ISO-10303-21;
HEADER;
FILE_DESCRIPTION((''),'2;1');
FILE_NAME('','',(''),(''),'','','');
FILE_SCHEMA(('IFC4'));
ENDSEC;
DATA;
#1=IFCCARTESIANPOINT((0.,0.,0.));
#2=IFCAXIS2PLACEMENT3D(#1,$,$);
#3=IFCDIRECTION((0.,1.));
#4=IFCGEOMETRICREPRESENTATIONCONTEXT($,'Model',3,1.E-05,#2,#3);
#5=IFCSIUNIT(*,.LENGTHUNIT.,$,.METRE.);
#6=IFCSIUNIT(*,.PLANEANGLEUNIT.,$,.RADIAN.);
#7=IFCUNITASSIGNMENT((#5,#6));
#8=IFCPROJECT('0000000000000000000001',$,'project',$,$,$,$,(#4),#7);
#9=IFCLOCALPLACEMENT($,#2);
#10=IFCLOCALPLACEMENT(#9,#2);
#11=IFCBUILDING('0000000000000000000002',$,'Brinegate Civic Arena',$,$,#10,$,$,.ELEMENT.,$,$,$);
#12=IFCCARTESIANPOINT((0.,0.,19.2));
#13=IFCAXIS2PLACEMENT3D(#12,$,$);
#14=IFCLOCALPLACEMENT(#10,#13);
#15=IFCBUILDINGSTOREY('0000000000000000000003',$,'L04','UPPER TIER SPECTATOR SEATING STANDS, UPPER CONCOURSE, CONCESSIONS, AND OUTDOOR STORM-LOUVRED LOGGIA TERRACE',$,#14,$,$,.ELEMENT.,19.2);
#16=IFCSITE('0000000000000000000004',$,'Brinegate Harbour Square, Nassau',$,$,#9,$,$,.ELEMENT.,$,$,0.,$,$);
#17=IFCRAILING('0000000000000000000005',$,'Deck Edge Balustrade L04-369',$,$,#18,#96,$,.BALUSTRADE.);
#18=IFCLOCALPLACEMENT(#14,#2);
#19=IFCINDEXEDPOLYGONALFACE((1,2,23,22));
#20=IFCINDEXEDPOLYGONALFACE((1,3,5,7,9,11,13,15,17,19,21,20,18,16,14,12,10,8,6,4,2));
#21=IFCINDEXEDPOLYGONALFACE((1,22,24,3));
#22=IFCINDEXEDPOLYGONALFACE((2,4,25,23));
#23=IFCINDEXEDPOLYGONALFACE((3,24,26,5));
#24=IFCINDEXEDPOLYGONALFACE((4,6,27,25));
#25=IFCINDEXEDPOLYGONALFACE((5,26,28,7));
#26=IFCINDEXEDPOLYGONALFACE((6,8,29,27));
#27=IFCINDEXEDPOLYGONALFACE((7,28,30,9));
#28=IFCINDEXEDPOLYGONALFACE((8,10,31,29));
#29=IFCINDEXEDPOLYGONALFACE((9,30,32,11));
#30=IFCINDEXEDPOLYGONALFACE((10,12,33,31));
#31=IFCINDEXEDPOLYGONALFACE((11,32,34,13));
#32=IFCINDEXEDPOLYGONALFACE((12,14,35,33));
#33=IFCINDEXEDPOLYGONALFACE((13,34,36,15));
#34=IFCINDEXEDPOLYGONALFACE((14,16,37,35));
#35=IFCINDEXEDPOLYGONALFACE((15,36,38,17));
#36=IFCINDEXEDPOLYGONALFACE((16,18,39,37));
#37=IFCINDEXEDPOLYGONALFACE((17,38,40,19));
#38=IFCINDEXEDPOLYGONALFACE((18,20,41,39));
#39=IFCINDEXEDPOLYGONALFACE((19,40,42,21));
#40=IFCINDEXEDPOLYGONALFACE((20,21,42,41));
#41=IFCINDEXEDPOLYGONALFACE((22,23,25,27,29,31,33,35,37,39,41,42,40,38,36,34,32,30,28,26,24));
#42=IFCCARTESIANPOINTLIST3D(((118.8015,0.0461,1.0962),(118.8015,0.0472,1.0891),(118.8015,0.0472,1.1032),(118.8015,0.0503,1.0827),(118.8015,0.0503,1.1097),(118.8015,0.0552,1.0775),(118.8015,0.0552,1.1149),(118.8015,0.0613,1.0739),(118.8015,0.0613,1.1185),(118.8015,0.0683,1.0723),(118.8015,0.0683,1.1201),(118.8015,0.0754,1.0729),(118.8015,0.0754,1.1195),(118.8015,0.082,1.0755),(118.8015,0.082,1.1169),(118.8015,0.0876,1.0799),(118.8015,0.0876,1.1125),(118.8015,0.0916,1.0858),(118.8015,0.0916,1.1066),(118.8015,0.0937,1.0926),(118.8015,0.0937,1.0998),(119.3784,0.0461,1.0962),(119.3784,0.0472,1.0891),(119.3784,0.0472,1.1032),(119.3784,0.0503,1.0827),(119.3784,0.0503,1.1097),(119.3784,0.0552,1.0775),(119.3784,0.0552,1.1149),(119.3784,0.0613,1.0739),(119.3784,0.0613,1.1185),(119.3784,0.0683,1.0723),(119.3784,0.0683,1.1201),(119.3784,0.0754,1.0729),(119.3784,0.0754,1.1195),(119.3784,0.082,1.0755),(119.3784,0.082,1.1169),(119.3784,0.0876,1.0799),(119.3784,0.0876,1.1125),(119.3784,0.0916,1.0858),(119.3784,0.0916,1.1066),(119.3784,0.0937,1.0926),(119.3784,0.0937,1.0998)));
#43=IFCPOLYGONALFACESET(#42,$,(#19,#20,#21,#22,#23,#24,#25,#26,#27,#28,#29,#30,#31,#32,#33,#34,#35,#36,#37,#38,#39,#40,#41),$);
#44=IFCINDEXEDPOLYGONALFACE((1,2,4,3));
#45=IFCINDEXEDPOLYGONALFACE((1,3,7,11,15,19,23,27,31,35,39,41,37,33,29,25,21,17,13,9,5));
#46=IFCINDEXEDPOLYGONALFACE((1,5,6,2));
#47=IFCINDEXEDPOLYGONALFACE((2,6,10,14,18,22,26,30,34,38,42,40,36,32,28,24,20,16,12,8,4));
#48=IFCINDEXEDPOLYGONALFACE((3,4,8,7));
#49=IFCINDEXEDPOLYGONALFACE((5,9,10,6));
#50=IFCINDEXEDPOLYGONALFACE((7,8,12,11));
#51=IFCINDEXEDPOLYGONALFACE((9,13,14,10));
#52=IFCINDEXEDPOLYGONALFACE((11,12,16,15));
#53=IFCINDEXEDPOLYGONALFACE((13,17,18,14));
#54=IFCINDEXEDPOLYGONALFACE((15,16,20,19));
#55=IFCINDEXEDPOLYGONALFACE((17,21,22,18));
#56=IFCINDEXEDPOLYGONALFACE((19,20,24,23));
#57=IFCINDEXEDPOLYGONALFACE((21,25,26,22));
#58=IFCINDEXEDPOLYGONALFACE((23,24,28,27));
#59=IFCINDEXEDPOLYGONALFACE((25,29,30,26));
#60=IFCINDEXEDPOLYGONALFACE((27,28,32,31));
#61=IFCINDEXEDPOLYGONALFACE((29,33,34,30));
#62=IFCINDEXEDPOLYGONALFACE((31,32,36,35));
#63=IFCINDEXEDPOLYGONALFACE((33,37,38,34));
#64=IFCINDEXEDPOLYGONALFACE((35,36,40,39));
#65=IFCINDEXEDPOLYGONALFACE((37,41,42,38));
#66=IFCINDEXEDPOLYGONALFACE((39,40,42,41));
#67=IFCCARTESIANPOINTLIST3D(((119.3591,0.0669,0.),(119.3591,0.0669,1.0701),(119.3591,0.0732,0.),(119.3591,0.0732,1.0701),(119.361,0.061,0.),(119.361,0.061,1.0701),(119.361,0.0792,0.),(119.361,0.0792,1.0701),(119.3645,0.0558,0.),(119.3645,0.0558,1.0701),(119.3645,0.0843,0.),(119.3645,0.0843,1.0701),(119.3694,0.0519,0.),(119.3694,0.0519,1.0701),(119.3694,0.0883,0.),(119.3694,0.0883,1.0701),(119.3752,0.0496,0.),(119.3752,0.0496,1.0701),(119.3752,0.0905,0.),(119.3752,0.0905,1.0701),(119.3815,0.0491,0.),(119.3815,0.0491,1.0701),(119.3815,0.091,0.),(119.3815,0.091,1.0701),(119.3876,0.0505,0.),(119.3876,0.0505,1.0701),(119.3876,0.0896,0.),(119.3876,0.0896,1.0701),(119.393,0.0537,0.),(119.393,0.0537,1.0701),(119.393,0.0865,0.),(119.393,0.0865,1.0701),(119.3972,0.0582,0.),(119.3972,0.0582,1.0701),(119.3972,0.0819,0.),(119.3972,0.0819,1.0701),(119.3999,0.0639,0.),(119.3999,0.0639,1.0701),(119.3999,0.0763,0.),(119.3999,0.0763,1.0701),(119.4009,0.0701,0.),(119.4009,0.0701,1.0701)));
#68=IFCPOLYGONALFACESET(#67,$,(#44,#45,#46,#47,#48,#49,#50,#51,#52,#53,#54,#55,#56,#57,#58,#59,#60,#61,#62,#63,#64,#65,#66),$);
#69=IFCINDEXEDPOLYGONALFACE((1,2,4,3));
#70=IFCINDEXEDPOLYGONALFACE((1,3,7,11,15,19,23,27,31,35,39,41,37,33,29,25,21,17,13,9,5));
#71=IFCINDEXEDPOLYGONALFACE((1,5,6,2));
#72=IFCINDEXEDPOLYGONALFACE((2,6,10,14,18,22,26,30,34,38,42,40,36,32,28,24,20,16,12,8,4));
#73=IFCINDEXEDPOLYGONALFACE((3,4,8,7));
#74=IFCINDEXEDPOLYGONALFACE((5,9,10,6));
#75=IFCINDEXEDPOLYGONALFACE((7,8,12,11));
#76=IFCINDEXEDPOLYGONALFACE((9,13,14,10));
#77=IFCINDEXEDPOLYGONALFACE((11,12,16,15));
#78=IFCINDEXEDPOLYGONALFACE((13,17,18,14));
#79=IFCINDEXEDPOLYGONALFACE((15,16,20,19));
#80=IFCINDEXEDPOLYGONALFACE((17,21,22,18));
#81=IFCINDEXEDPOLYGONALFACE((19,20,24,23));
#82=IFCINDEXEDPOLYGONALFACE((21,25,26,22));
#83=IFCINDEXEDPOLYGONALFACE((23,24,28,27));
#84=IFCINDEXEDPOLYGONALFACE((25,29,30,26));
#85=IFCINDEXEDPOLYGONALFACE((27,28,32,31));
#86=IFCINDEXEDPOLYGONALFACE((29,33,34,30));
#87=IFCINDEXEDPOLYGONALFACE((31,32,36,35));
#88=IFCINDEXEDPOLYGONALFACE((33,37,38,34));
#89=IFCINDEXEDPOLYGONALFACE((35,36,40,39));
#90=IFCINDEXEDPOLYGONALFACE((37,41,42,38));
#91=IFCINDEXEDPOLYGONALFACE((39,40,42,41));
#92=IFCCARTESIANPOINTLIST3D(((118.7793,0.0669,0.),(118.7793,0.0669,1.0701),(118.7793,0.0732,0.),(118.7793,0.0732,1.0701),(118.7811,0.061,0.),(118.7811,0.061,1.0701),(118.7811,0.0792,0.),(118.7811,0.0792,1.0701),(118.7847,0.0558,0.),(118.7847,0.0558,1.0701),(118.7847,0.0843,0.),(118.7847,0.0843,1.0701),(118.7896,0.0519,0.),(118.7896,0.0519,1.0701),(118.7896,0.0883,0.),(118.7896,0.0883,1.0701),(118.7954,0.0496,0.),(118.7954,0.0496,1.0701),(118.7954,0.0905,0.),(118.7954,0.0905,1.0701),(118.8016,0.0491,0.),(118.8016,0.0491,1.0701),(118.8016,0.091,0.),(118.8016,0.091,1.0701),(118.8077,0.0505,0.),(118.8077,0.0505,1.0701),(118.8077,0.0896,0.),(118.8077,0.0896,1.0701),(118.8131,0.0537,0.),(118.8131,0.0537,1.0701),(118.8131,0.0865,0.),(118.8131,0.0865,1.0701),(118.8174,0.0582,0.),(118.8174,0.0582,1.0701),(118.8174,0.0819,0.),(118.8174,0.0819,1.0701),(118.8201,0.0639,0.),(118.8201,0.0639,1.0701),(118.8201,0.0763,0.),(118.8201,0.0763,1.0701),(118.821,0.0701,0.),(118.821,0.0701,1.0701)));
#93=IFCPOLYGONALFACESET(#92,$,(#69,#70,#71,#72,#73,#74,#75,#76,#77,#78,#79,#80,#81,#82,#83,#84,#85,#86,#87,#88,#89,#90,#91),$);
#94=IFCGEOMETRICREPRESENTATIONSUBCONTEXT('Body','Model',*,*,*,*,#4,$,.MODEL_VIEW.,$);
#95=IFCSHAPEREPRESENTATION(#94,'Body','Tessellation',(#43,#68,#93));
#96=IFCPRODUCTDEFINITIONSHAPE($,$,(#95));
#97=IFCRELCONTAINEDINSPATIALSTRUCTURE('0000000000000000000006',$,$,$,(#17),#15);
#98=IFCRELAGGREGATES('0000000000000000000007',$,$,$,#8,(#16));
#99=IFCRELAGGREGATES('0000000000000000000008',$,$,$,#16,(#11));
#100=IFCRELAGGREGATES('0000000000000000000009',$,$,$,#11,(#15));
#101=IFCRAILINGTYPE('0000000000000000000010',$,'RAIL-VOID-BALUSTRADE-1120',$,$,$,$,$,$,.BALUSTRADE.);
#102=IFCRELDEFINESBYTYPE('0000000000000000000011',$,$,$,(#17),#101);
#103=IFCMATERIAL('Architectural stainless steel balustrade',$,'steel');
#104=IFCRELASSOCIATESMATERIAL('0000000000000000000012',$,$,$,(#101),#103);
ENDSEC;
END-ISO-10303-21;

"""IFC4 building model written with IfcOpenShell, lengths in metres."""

from ifc_helpers import new_model, si_unit, direction, frame, origin, origin_2d, place, context, subcontext, project, spatial, circle, extrude, material, type_object, element, save


model = new_model("IFC4")

# Units and contexts
model_context = context("Model", 3, precision=1e-05, world=origin(), true_north=direction((0.0, 1.0)))
body_context = subcontext(model_context, "Body", "Model", "MODEL_VIEW")
ifc_project = project(units=[si_unit("LENGTHUNIT", "METRE"), si_unit("PLANEANGLEUNIT", "RADIAN")], contexts=[model_context])

# Site, building, storey
site_placement = place(None, origin())
site = spatial("IfcSite", under=ifc_project, at=site_placement, Name="Brinegate Harbour Square, Nassau", CompositionType="ELEMENT", RefElevation=0.0)
building_placement = place(site_placement, origin())
building = spatial("IfcBuilding", under=site, at=building_placement, Name="Brinegate Civic Arena", CompositionType="ELEMENT")
storey_placement = place(building_placement, frame((0.0, 0.0, 19.2)))
storey = spatial("IfcBuildingStorey", under=building, at=storey_placement, Name="L04", Description="UPPER TIER SPECTATOR SEATING STANDS, UPPER CONCOURSE, CONCESSIONS, AND OUTDOOR STORM-LOUVRED LOGGIA TERRACE", CompositionType="ELEMENT", Elevation=19.2)

# Railing
ifc_material_1 = material(Name="Architectural stainless steel balustrade", Category="steel")
railing_type_1 = type_object("IfcRailingType", Name="RAIL-VOID-BALUSTRADE-1120", PredefinedType="BALUSTRADE", material=ifc_material_1)
for number, where, name in (
    (1, (119.3799, 0.0701, 0.0), "Deck Edge Balustrade L04-369"),
):
    element("IfcRailing", number, at=place(storey_placement, frame(where)), inside=storey, type_object=railing_type_1, Name=name, PredefinedType="BALUSTRADE", context=body_context, shape_type="SweptSolid", body=[
        extrude(circle(Radius=0.0239, at=origin_2d()), frame((-0.0015, 0.0, 1.0962), z_axis=(-1.0, 0.0, 0.0), x_axis=(0.0, -1.0, 0.0)), (0.0, 0.0, 1.0), 0.5769),
        extrude(circle(Radius=0.021, at=origin_2d()), origin(), (0.0, 0.0, 1.0), 1.0701),
        extrude(circle(Radius=0.021, at=origin_2d()), frame((-0.5798, 0.0, 0.0)), (0.0, 0.0, 1.0), 1.0701),
    ])

save(model, "model.ifc")
